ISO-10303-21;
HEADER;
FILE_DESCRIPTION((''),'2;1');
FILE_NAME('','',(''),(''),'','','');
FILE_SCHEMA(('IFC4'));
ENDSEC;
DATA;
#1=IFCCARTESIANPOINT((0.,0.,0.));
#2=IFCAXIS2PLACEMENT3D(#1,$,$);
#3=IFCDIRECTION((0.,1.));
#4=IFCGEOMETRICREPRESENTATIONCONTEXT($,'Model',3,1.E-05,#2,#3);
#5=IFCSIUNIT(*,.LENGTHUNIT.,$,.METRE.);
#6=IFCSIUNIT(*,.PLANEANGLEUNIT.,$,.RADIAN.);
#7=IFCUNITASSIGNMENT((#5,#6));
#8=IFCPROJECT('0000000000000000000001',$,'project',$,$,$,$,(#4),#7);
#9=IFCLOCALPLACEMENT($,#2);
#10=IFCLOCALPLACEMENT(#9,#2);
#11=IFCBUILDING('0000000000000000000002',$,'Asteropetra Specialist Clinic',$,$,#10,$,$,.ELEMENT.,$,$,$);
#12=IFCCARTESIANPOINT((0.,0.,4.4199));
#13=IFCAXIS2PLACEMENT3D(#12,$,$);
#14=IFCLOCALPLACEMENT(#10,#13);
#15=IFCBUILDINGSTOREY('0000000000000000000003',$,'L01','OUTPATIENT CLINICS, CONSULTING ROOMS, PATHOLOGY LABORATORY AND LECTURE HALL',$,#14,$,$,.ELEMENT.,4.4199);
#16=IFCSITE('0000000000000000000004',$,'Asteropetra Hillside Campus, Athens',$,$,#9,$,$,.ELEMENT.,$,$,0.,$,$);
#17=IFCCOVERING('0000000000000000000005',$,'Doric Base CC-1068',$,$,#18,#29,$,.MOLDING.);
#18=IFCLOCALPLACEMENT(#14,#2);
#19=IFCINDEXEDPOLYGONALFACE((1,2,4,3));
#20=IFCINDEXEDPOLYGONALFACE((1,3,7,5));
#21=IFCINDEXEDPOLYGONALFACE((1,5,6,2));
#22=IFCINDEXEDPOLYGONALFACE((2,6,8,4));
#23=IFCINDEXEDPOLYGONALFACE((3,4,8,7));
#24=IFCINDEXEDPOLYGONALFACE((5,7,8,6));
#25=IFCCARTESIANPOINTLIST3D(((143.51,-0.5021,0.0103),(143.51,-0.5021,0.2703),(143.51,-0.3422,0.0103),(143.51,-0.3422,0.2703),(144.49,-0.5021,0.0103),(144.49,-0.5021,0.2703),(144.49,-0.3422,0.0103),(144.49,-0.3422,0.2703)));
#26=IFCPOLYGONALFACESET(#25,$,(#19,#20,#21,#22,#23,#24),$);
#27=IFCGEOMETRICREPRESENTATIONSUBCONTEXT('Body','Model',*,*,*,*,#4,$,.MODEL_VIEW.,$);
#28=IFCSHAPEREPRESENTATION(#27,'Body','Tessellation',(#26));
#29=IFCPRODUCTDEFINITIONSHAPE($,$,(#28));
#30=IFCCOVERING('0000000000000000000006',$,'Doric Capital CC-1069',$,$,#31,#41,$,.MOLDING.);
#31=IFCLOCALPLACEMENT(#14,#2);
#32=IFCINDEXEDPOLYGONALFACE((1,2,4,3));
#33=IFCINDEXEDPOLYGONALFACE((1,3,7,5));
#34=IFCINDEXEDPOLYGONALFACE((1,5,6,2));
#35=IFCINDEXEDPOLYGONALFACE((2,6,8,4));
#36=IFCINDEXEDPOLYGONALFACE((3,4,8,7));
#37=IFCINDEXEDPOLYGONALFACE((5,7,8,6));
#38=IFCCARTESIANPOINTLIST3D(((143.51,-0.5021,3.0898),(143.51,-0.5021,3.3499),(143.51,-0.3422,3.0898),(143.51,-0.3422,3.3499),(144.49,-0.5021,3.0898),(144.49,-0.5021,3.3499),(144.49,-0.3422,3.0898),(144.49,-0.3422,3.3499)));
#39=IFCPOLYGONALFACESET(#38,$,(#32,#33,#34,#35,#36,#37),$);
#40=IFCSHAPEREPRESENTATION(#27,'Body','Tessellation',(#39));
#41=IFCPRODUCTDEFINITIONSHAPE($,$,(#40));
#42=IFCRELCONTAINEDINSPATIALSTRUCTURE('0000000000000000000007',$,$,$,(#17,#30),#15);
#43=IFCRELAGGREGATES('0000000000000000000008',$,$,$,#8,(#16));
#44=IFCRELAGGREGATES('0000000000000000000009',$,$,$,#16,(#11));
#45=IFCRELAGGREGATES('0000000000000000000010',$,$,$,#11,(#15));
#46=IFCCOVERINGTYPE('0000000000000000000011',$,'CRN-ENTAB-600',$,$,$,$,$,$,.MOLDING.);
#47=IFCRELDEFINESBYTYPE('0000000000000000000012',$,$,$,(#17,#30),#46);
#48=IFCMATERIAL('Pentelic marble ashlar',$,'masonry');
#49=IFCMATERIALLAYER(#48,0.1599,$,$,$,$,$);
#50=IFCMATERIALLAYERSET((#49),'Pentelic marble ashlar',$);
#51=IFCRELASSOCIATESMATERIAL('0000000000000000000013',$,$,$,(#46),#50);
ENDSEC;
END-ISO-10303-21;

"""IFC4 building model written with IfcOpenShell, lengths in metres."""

from ifc_helpers import new_model, si_unit, direction, frame, origin, origin_2d, place, context, subcontext, project, spatial, rectangle, extrude, material, layer, layer_set, type_object, element, save


model = new_model("IFC4")

# Units and contexts
model_context = context("Model", 3, precision=1e-05, world=origin(), true_north=direction((0.0, 1.0)))
body_context = subcontext(model_context, "Body", "Model", "MODEL_VIEW")
ifc_project = project(units=[si_unit("LENGTHUNIT", "METRE"), si_unit("PLANEANGLEUNIT", "RADIAN")], contexts=[model_context])

# Site, building, storey
site_placement = place(None, origin())
site = spatial("IfcSite", under=ifc_project, at=site_placement, Name="Asteropetra Hillside Campus, Athens", CompositionType="ELEMENT", RefElevation=0.0)
building_placement = place(site_placement, origin())
building = spatial("IfcBuilding", under=site, at=building_placement, Name="Asteropetra Specialist Clinic", CompositionType="ELEMENT")
storey_placement = place(building_placement, frame((0.0, 0.0, 4.4199)))
storey = spatial("IfcBuildingStorey", under=building, at=storey_placement, Name="L01", Description="OUTPATIENT CLINICS, CONSULTING ROOMS, PATHOLOGY LABORATORY AND LECTURE HALL", CompositionType="ELEMENT", Elevation=4.4199)

# Coverings
ifc_material_1 = material(Name="Pentelic marble ashlar", Category="masonry")
ifc_layer_1 = layer(ifc_material_1, 0.1599)
ifc_layer_set_1 = layer_set([ifc_layer_1], Name="Pentelic marble ashlar")
covering_type_1 = type_object("IfcCoveringType", Name="CRN-ENTAB-600", PredefinedType="MOLDING", material=ifc_layer_set_1)
for number, where, z_axis, x_axis, name in (
    (1, (144.0, -0.4221, 0.0103), (0.0, 0.0, 1.0), (1.0, 0.0, 0.0), "Doric Base CC-1068"),
    (2, (144.0, -0.4221, 3.0898), (0.0, 0.0, 1.0), (1.0, 0.0, 0.0), "Doric Capital CC-1069"),
):
    element("IfcCovering", number, at=place(storey_placement, frame(where, z_axis=z_axis, x_axis=x_axis)), inside=storey, type_object=covering_type_1, Name=name, PredefinedType="MOLDING", context=body_context, shape_type="SweptSolid", body=[
        extrude(rectangle(XDim=0.98, YDim=0.1599, at=origin_2d()), origin(), (0.0, 0.0, 1.0), 0.26),
    ])

save(model, "model.ifc")
